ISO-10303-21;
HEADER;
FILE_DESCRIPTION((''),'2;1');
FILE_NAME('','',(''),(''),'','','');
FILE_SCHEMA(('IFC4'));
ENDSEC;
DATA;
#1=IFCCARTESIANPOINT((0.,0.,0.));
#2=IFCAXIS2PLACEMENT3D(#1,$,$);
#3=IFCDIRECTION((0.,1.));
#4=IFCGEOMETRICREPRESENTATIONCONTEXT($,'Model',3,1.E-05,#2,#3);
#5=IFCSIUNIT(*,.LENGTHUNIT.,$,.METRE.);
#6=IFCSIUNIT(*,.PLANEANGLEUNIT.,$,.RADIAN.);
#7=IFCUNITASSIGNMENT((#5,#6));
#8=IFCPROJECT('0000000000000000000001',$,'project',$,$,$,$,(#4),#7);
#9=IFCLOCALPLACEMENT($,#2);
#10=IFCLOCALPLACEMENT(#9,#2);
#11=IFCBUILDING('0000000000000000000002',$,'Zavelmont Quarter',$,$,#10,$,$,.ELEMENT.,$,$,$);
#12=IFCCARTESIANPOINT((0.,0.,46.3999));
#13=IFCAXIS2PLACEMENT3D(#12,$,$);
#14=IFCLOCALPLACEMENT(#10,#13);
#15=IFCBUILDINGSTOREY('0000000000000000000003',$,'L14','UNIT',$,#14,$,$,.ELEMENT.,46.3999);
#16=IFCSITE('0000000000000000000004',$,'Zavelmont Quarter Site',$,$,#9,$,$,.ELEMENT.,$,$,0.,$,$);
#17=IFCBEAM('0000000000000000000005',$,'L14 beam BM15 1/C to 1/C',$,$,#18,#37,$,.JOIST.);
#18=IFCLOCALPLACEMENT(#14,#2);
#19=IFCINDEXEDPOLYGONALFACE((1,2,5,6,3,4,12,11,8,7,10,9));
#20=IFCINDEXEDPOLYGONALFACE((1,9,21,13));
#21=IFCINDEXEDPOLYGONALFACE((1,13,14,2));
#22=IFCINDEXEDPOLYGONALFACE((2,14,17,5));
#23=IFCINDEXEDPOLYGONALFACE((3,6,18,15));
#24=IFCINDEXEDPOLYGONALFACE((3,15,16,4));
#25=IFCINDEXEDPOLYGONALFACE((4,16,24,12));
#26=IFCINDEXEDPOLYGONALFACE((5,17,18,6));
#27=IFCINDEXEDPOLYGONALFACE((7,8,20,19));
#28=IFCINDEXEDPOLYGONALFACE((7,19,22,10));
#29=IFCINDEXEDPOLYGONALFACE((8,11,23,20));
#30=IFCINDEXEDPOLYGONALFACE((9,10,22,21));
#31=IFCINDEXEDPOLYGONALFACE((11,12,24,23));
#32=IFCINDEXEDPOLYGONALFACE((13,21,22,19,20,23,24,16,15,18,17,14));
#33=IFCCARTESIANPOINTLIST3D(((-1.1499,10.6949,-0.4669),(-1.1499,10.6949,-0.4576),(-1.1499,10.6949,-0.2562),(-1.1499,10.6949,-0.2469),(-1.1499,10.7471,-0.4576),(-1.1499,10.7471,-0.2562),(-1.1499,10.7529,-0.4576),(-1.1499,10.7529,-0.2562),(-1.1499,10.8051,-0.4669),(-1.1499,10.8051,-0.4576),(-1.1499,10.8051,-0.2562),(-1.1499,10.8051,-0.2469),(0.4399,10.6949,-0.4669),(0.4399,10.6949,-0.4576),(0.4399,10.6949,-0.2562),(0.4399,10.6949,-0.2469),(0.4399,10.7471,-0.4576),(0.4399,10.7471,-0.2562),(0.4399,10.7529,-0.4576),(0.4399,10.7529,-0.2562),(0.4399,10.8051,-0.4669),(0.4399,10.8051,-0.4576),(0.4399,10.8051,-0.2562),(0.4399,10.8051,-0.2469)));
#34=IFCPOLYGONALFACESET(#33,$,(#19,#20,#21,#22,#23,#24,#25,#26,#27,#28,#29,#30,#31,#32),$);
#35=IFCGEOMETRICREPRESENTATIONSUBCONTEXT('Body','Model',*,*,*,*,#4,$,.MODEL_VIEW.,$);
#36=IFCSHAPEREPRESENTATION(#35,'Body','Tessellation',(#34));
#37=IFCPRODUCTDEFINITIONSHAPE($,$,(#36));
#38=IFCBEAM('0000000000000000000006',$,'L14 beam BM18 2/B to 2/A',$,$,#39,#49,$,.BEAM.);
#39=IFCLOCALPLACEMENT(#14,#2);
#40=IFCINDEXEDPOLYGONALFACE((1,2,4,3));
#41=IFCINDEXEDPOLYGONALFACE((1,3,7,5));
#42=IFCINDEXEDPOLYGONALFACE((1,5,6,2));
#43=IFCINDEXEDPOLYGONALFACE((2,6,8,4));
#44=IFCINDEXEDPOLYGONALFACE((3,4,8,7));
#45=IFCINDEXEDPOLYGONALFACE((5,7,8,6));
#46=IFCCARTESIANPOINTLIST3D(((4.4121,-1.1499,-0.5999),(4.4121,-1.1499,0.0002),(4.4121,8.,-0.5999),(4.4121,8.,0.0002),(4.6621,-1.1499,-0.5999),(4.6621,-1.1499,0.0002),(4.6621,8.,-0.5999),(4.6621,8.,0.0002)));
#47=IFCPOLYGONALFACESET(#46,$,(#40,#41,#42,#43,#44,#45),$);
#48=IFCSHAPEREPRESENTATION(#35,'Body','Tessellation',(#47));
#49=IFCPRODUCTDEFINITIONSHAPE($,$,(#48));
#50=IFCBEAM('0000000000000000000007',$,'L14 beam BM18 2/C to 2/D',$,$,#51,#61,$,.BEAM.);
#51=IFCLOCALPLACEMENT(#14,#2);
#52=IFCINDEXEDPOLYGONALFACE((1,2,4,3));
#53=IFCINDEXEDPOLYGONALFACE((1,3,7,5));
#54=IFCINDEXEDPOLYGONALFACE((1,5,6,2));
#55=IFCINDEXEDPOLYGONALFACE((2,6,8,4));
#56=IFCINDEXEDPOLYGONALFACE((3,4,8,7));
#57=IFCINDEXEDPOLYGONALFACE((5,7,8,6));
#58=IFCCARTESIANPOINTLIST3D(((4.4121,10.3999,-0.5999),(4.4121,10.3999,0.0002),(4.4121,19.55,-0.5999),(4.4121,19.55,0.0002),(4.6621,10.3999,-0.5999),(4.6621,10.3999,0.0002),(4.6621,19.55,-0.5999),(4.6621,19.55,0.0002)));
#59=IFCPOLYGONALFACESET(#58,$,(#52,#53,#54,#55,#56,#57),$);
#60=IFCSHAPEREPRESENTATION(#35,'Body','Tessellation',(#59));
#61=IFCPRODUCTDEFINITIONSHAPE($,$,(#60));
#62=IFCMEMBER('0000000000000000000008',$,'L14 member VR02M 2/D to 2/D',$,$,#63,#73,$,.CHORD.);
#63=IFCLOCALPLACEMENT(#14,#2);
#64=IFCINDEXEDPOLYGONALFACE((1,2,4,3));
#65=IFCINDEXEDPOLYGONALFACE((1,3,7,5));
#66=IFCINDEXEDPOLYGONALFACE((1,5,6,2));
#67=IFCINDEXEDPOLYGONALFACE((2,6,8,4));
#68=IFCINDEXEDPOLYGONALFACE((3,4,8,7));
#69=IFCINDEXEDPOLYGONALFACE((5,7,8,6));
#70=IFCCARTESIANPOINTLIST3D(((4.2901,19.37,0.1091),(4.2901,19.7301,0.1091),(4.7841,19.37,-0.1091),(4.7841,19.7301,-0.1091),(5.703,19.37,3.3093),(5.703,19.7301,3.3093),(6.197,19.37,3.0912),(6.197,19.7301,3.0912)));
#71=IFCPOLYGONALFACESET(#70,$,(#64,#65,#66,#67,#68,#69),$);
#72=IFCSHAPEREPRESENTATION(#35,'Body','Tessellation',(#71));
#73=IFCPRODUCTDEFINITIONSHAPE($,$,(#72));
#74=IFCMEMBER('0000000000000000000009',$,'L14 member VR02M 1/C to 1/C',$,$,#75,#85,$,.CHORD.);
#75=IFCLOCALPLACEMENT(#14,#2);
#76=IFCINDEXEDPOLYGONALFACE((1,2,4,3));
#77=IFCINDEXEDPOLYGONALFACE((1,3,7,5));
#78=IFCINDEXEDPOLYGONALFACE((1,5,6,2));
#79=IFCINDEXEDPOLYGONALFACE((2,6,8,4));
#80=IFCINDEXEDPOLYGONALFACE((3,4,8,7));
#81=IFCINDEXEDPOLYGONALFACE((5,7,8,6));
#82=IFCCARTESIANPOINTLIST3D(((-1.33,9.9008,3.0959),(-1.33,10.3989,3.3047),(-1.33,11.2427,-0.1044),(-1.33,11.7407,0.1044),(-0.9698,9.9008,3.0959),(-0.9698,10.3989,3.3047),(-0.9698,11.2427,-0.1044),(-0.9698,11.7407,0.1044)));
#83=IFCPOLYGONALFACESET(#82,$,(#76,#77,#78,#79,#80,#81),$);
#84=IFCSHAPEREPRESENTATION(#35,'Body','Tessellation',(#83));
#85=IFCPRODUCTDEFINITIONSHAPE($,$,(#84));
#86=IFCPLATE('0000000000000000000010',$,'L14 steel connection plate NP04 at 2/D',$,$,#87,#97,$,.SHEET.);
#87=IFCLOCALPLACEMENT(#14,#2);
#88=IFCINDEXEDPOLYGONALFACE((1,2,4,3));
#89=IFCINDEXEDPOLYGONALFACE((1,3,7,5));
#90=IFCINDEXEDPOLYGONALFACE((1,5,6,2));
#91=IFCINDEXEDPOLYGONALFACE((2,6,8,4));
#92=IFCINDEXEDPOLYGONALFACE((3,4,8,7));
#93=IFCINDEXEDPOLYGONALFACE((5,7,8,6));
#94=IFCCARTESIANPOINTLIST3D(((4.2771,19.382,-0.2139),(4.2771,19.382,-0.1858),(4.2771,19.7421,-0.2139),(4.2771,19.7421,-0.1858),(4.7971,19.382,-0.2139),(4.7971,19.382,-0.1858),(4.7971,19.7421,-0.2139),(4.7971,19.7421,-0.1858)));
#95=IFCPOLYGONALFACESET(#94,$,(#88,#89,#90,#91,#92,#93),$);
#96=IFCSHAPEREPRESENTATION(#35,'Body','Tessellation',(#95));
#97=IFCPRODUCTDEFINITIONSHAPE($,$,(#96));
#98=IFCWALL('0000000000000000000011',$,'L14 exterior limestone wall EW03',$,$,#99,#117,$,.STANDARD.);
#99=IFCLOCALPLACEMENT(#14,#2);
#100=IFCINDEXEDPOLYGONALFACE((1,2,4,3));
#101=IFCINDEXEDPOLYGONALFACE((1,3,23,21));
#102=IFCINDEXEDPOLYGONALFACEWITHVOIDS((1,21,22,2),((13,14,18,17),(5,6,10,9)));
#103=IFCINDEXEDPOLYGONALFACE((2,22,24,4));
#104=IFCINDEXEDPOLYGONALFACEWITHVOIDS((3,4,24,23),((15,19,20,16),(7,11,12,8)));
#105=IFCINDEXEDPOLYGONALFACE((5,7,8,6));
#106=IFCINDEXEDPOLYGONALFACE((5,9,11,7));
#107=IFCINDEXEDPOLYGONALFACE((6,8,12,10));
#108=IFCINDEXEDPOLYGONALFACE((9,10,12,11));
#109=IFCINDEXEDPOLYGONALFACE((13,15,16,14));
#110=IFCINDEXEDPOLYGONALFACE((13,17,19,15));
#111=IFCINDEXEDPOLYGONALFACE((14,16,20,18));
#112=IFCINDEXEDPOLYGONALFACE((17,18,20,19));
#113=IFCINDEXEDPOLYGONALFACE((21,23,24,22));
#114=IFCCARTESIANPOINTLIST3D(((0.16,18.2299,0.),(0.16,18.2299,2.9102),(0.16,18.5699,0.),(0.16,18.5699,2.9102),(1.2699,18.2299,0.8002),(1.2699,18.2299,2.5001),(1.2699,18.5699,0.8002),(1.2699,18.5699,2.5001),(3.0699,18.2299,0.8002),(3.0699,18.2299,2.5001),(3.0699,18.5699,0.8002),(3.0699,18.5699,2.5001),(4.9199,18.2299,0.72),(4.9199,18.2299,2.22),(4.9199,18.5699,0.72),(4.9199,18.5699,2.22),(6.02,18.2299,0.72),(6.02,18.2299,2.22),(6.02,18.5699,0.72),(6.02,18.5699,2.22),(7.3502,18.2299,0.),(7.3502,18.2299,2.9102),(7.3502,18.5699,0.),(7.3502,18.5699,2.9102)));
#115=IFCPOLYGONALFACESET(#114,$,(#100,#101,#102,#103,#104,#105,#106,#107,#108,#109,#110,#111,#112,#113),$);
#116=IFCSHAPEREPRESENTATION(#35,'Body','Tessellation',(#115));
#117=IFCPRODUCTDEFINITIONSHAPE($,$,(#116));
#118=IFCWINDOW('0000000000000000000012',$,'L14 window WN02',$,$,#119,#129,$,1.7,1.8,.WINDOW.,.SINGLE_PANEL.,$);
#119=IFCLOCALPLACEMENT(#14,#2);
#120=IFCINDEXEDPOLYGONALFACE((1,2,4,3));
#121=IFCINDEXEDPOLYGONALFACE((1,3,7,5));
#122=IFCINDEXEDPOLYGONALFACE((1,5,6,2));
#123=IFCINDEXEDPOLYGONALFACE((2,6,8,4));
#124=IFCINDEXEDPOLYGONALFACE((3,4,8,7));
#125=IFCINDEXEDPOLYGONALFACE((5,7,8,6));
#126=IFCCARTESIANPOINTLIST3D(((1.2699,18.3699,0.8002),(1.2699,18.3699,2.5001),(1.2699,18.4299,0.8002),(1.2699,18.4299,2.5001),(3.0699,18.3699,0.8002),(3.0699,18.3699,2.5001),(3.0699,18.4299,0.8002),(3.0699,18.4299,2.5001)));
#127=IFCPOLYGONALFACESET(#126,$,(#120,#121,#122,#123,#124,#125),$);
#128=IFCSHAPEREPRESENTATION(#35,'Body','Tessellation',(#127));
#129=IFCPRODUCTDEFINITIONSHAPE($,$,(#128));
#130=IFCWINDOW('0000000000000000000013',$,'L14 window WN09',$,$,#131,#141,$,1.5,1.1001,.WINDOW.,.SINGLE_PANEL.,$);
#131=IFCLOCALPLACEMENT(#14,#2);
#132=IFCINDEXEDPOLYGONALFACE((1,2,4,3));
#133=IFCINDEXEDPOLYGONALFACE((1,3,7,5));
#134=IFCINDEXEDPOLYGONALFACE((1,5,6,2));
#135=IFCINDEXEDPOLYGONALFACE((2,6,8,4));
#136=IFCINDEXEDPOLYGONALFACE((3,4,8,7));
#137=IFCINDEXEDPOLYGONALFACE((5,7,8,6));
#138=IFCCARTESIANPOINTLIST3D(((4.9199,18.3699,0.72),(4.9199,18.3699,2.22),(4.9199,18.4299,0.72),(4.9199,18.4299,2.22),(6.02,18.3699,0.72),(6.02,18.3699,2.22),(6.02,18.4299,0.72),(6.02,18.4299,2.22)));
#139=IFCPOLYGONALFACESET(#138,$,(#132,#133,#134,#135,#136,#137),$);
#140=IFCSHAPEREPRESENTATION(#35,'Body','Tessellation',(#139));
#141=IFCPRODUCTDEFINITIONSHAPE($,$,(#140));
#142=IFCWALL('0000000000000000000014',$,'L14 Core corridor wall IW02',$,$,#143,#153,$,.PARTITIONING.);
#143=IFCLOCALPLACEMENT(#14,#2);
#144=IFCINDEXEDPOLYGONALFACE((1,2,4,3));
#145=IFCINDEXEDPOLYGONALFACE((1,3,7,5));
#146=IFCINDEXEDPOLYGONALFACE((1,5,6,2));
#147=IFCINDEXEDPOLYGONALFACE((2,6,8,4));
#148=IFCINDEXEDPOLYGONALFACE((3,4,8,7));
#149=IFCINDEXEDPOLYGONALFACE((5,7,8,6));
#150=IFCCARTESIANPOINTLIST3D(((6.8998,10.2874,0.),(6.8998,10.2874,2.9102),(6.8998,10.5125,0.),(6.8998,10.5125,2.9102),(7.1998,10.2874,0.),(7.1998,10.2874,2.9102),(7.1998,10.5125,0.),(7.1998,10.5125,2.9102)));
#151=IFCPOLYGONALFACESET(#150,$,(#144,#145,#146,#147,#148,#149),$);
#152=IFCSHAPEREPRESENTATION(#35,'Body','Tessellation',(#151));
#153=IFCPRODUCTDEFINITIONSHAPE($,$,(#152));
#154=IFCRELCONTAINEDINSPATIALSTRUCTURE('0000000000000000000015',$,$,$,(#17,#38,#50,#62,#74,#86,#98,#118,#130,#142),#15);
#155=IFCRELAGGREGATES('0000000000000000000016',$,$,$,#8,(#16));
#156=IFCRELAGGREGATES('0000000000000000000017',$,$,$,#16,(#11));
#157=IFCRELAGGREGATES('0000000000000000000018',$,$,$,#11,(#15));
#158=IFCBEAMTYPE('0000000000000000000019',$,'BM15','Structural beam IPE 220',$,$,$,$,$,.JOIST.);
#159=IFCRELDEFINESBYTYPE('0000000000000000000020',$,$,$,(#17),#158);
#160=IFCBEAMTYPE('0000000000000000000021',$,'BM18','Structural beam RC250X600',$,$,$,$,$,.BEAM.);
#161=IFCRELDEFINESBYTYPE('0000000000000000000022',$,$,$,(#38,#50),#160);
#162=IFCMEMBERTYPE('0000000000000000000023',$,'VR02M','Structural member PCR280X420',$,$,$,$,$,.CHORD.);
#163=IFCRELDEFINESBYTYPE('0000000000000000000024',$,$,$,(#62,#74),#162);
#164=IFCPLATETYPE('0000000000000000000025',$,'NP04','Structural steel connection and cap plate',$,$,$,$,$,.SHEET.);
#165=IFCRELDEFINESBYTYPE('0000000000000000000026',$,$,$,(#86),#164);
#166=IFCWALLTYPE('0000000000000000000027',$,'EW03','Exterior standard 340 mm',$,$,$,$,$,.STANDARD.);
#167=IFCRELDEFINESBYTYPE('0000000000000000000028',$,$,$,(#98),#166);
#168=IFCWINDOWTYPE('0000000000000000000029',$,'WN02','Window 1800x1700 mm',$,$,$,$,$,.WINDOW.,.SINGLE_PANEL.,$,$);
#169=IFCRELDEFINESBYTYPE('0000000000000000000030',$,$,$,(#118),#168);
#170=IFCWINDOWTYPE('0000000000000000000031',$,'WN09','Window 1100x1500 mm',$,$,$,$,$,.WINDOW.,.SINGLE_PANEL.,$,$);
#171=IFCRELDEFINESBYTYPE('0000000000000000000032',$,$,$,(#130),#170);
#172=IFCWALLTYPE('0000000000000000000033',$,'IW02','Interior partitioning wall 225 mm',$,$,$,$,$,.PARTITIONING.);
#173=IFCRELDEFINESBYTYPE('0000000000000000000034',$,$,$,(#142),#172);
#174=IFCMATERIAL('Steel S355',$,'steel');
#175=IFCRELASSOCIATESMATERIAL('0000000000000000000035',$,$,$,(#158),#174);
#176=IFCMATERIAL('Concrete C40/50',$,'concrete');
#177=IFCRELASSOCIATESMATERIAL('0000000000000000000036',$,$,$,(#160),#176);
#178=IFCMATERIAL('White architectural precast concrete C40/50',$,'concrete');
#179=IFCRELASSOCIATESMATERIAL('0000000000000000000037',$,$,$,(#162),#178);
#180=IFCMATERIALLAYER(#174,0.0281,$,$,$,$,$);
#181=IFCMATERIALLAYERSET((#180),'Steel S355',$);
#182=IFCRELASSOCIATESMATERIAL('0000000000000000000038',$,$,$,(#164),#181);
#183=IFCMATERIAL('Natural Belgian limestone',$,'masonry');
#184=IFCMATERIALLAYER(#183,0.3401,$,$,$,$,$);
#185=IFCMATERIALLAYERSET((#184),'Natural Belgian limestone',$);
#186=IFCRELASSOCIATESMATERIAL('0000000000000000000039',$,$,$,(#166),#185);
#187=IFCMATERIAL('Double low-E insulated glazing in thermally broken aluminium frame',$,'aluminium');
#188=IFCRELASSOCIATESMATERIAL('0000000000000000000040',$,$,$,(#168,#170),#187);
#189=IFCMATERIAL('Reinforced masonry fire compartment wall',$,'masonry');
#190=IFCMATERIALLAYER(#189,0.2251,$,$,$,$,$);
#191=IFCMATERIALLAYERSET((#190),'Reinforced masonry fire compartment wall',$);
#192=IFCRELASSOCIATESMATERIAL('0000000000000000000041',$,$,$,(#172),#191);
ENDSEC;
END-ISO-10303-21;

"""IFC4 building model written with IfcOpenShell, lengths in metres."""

from ifc_helpers import new_model, si_unit, direction, frame, frame_2d, origin, origin_with_axes, origin_2d, place, context, subcontext, project, spatial, rectangle, i_section, extrude, material, layer, layer_set, material_profile, profile_set, type_object, element, fill, save


model = new_model("IFC4")

# Units and contexts
model_context = context("Model", 3, precision=1e-05, world=origin(), true_north=direction((0.0, 1.0)))
body_context = subcontext(model_context, "Body", "Model", "MODEL_VIEW")
ifc_project = project(units=[si_unit("LENGTHUNIT", "METRE"), si_unit("PLANEANGLEUNIT", "RADIAN")], contexts=[model_context])

# Site, building, storey
site_placement = place(None, origin())
site = spatial("IfcSite", under=ifc_project, at=site_placement, Name="Zavelmont Quarter Site", CompositionType="ELEMENT", RefElevation=0.0)
building_placement = place(site_placement, origin())
building = spatial("IfcBuilding", under=site, at=building_placement, Name="Zavelmont Quarter", CompositionType="ELEMENT")
storey_placement = place(building_placement, frame((0.0, 0.0, 46.3999)))
storey = spatial("IfcBuildingStorey", under=building, at=storey_placement, Name="L14", Description="UNIT", CompositionType="ELEMENT", Elevation=46.3999)

# Beams
ifc_material_1 = material(Name="Steel S355", Category="steel")
ifc_material_profile_1 = material_profile(ifc_material_1, i_section(OverallWidth=0.1101, OverallDepth=0.22, WebThickness=0.0059, FlangeThickness=0.0093, at=origin_2d()), Name="IPE 220")
ifc_profile_set_1 = profile_set([ifc_material_profile_1], Name="Steel S355")
beam_type_1 = type_object("IfcBeamType", Name="BM15", Description="Structural beam IPE 220", PredefinedType="JOIST", material=ifc_profile_set_1)
beam_1_placement = place(storey_placement, frame((0.4399, 10.75, -0.3569), z_axis=(-1.0, 0.0, 0.0), x_axis=(0.0, -1.0, 0.0)))
element("IfcBeam", 1, at=beam_1_placement, inside=storey, type_object=beam_type_1, Name="L14 beam BM15 1/C to 1/C", PredefinedType="JOIST", context=body_context, shape_type="SweptSolid", body=[
    extrude(i_section(OverallWidth=0.1101, OverallDepth=0.22, WebThickness=0.0059, FlangeThickness=0.0093, at=origin_2d()), origin(), (0.0, 0.0, 1.0), 1.5898),
])
ifc_material_2 = material(Name="Concrete C40/50", Category="concrete")
ifc_material_profile_2 = material_profile(ifc_material_2, rectangle(XDim=0.25, YDim=0.6001, at=origin_2d()), Name="RC250X600")
ifc_profile_set_2 = profile_set([ifc_material_profile_2], Name="Concrete C40/50")
beam_type_2 = type_object("IfcBeamType", Name="BM18", Description="Structural beam RC250X600", PredefinedType="BEAM", material=ifc_profile_set_2)
beam_2_placement = place(storey_placement, frame((4.5371, 8.0, -0.2998), z_axis=(0.0, -1.0, 0.0), x_axis=(1.0, 0.0, 0.0)))
element("IfcBeam", 2, at=beam_2_placement, inside=storey, type_object=beam_type_2, Name="L14 beam BM18 2/B to 2/A", PredefinedType="BEAM", context=body_context, shape_type="SweptSolid", body=[
    extrude(rectangle(XDim=0.25, YDim=0.6001, at=origin_2d()), origin(), (0.0, 0.0, 1.0), 9.1499),
])
beam_3_placement = place(storey_placement, frame((4.5371, 10.3999, -0.2998), z_axis=(0.0, 1.0, 0.0), x_axis=(-1.0, 0.0, 0.0)))
element("IfcBeam", 3, at=beam_3_placement, inside=storey, type_object=beam_type_2, Name="L14 beam BM18 2/C to 2/D", PredefinedType="BEAM", context=body_context, shape_type="SweptSolid", body=[
    extrude(rectangle(XDim=0.25, YDim=0.6001, at=origin_2d()), origin(), (0.0, 0.0, 1.0), 9.1501),
])

# Members
ifc_material_3 = material(Name="White architectural precast concrete C40/50", Category="concrete")
ifc_material_profile_3 = material_profile(ifc_material_3, rectangle(XDim=0.3601, YDim=0.54, at=origin_2d()), Name="PCR280X420")
ifc_profile_set_3 = profile_set([ifc_material_profile_3], Name="White architectural precast concrete C40/50")
member_type = type_object("IfcMemberType", Name="VR02M", Description="Structural member PCR280X420", PredefinedType="CHORD", material=ifc_profile_set_3)
member_1_placement = place(storey_placement, frame((4.5371, 19.55, 0.0), z_axis=(0.403877, 0.0, 0.914813), x_axis=(0.0, 1.0, 0.0)))
element("IfcMember", 4, at=member_1_placement, inside=storey, type_object=member_type, Name="L14 member VR02M 2/D to 2/D", PredefinedType="CHORD", context=body_context, shape_type="SweptSolid", body=[
    extrude(rectangle(XDim=0.3601, YDim=0.54, at=origin_2d()), origin(), (0.0, 0.0, 1.0), 3.4983),
])
member_2_placement = place(storey_placement, frame((-1.1499, 11.4917, 0.0), z_axis=(0.0, -0.386673, 0.922217), x_axis=(1.0, 0.0, 0.0)))
element("IfcMember", 5, at=member_2_placement, inside=storey, type_object=member_type, Name="L14 member VR02M 1/C to 1/C", PredefinedType="CHORD", context=body_context, shape_type="SweptSolid", body=[
    extrude(rectangle(XDim=0.3601, YDim=0.54, at=origin_2d()), origin(), (0.0, 0.0, 1.0), 3.4702),
])

# Plate
ifc_layer_1 = layer(ifc_material_1, 0.0281)
ifc_layer_set_1 = layer_set([ifc_layer_1], Name="Steel S355")
plate_type = type_object("IfcPlateType", Name="NP04", Description="Structural steel connection and cap plate", PredefinedType="SHEET", material=ifc_layer_set_1)
plate_placement = place(storey_placement, frame((4.5371, 19.562, -0.2139), z_axis=(0.0, 0.0, 1.0), x_axis=(1.0, 0.0, 0.0)))
element("IfcPlate", 6, at=plate_placement, inside=storey, type_object=plate_type, Name="L14 steel connection plate NP04 at 2/D", PredefinedType="SHEET", context=body_context, shape_type="SweptSolid", body=[
    extrude(rectangle(XDim=0.52, YDim=0.3601, at=origin_2d()), origin(), (0.0, 0.0, 1.0), 0.0281),
])

# Wall, openings, windows
ifc_material_4 = material(Name="Natural Belgian limestone", Category="masonry")
ifc_layer_2 = layer(ifc_material_4, 0.3401)
ifc_layer_set_2 = layer_set([ifc_layer_2], Name="Natural Belgian limestone")
wall_type_1 = type_object("IfcWallType", Name="EW03", Description="Exterior standard 340 mm", PredefinedType="STANDARD", material=ifc_layer_set_2)
wall_1_placement = place(storey_placement, frame((0.1599, 18.3999, 0.0), z_axis=(0.0, 0.0, 1.0), x_axis=(1.0, 0.0, 0.0)))
wall_1 = element("IfcWall", 7, at=wall_1_placement, inside=storey, type_object=wall_type_1, Name="L14 exterior limestone wall EW03", PredefinedType="STANDARD", context=body_context, shape_type="SweptSolid", body=[
    extrude(rectangle(XDim=7.1902, YDim=0.3401, at=frame_2d((3.5952, 0.0))), origin(), (0.0, 0.0, 1.0), 2.9102),
])
opening_1_placement = place(wall_1_placement, frame((1.1101, 0.0, 0.8)))
opening_1 = element("IfcOpeningElement", 8, at=opening_1_placement, cuts=wall_1, PredefinedType="OPENING", context=body_context, shape_type="SweptSolid", body=[
    extrude(rectangle(XDim=1.8, YDim=1.7, at=frame_2d((0.8999, 0.8501))), frame((0.0, 0.1821, 0.0), z_axis=(0.0, -1.0, 0.0), x_axis=(1.0, 0.0, 0.0)), (0.0, 0.0, 1.0), 0.364),
])
opening_2_placement = place(wall_1_placement, frame((4.76, 0.0, 0.72)))
opening_2 = element("IfcOpeningElement", 9, at=opening_2_placement, cuts=wall_1, PredefinedType="OPENING", context=body_context, shape_type="SweptSolid", body=[
    extrude(rectangle(XDim=1.1001, YDim=1.5, at=frame_2d((0.55, 0.75))), frame((0.0, 0.1821, 0.0), z_axis=(0.0, -1.0, 0.0), x_axis=(1.0, 0.0, 0.0)), (0.0, 0.0, 1.0), 0.364),
])
ifc_material_5 = material(Name="Double low-E insulated glazing in thermally broken aluminium frame", Category="aluminium")
window_type_1 = type_object("IfcWindowType", Name="WN02", Description="Window 1800x1700 mm", PartitioningType="SINGLE_PANEL", PredefinedType="WINDOW", material=ifc_material_5)
window_1_placement = place(opening_1_placement, origin_with_axes())
window_1 = element("IfcWindow", 10, at=window_1_placement, inside=storey, type_object=window_type_1, Name="L14 window WN02", OverallHeight=1.7, OverallWidth=1.8, PartitioningType="SINGLE_PANEL", PredefinedType="WINDOW", context=body_context, shape_type="SweptSolid", body=[
    extrude(rectangle(XDim=1.8, YDim=1.7, at=frame_2d((0.8999, 0.8501))), frame((0.0, 0.03, 0.0), z_axis=(0.0, -1.0, 0.0), x_axis=(1.0, 0.0, 0.0)), (0.0, 0.0, 1.0), 0.0601),
])
fill(opening_1, window_1)
window_type_2 = type_object("IfcWindowType", Name="WN09", Description="Window 1100x1500 mm", PartitioningType="SINGLE_PANEL", PredefinedType="WINDOW", material=ifc_material_5)
window_2_placement = place(opening_2_placement, origin_with_axes())
window_2 = element("IfcWindow", 11, at=window_2_placement, inside=storey, type_object=window_type_2, Name="L14 window WN09", OverallHeight=1.5, OverallWidth=1.1001, PartitioningType="SINGLE_PANEL", PredefinedType="WINDOW", context=body_context, shape_type="SweptSolid", body=[
    extrude(rectangle(XDim=1.1001, YDim=1.5, at=frame_2d((0.55, 0.75))), frame((0.0, 0.03, 0.0), z_axis=(0.0, -1.0, 0.0), x_axis=(1.0, 0.0, 0.0)), (0.0, 0.0, 1.0), 0.0601),
])
fill(opening_2, window_2)

# Wall
ifc_material_6 = material(Name="Reinforced masonry fire compartment wall", Category="masonry")
ifc_layer_3 = layer(ifc_material_6, 0.2251)
ifc_layer_set_3 = layer_set([ifc_layer_3], Name="Reinforced masonry fire compartment wall")
wall_type_2 = type_object("IfcWallType", Name="IW02", Description="Interior partitioning wall 225 mm", PredefinedType="PARTITIONING", material=ifc_layer_set_3)
wall_2_placement = place(storey_placement, frame((6.8999, 10.3999, 0.0), z_axis=(0.0, 0.0, 1.0), x_axis=(1.0, 0.0, 0.0)))
element("IfcWall", 12, at=wall_2_placement, inside=storey, type_object=wall_type_2, Name="L14 Core corridor wall IW02", PredefinedType="PARTITIONING", context=body_context, shape_type="SweptSolid", body=[
    extrude(rectangle(XDim=0.3, YDim=0.2251, at=frame_2d((0.1499, 0.0))), origin(), (0.0, 0.0, 1.0), 2.9102),
])

save(model, "model.ifc")
